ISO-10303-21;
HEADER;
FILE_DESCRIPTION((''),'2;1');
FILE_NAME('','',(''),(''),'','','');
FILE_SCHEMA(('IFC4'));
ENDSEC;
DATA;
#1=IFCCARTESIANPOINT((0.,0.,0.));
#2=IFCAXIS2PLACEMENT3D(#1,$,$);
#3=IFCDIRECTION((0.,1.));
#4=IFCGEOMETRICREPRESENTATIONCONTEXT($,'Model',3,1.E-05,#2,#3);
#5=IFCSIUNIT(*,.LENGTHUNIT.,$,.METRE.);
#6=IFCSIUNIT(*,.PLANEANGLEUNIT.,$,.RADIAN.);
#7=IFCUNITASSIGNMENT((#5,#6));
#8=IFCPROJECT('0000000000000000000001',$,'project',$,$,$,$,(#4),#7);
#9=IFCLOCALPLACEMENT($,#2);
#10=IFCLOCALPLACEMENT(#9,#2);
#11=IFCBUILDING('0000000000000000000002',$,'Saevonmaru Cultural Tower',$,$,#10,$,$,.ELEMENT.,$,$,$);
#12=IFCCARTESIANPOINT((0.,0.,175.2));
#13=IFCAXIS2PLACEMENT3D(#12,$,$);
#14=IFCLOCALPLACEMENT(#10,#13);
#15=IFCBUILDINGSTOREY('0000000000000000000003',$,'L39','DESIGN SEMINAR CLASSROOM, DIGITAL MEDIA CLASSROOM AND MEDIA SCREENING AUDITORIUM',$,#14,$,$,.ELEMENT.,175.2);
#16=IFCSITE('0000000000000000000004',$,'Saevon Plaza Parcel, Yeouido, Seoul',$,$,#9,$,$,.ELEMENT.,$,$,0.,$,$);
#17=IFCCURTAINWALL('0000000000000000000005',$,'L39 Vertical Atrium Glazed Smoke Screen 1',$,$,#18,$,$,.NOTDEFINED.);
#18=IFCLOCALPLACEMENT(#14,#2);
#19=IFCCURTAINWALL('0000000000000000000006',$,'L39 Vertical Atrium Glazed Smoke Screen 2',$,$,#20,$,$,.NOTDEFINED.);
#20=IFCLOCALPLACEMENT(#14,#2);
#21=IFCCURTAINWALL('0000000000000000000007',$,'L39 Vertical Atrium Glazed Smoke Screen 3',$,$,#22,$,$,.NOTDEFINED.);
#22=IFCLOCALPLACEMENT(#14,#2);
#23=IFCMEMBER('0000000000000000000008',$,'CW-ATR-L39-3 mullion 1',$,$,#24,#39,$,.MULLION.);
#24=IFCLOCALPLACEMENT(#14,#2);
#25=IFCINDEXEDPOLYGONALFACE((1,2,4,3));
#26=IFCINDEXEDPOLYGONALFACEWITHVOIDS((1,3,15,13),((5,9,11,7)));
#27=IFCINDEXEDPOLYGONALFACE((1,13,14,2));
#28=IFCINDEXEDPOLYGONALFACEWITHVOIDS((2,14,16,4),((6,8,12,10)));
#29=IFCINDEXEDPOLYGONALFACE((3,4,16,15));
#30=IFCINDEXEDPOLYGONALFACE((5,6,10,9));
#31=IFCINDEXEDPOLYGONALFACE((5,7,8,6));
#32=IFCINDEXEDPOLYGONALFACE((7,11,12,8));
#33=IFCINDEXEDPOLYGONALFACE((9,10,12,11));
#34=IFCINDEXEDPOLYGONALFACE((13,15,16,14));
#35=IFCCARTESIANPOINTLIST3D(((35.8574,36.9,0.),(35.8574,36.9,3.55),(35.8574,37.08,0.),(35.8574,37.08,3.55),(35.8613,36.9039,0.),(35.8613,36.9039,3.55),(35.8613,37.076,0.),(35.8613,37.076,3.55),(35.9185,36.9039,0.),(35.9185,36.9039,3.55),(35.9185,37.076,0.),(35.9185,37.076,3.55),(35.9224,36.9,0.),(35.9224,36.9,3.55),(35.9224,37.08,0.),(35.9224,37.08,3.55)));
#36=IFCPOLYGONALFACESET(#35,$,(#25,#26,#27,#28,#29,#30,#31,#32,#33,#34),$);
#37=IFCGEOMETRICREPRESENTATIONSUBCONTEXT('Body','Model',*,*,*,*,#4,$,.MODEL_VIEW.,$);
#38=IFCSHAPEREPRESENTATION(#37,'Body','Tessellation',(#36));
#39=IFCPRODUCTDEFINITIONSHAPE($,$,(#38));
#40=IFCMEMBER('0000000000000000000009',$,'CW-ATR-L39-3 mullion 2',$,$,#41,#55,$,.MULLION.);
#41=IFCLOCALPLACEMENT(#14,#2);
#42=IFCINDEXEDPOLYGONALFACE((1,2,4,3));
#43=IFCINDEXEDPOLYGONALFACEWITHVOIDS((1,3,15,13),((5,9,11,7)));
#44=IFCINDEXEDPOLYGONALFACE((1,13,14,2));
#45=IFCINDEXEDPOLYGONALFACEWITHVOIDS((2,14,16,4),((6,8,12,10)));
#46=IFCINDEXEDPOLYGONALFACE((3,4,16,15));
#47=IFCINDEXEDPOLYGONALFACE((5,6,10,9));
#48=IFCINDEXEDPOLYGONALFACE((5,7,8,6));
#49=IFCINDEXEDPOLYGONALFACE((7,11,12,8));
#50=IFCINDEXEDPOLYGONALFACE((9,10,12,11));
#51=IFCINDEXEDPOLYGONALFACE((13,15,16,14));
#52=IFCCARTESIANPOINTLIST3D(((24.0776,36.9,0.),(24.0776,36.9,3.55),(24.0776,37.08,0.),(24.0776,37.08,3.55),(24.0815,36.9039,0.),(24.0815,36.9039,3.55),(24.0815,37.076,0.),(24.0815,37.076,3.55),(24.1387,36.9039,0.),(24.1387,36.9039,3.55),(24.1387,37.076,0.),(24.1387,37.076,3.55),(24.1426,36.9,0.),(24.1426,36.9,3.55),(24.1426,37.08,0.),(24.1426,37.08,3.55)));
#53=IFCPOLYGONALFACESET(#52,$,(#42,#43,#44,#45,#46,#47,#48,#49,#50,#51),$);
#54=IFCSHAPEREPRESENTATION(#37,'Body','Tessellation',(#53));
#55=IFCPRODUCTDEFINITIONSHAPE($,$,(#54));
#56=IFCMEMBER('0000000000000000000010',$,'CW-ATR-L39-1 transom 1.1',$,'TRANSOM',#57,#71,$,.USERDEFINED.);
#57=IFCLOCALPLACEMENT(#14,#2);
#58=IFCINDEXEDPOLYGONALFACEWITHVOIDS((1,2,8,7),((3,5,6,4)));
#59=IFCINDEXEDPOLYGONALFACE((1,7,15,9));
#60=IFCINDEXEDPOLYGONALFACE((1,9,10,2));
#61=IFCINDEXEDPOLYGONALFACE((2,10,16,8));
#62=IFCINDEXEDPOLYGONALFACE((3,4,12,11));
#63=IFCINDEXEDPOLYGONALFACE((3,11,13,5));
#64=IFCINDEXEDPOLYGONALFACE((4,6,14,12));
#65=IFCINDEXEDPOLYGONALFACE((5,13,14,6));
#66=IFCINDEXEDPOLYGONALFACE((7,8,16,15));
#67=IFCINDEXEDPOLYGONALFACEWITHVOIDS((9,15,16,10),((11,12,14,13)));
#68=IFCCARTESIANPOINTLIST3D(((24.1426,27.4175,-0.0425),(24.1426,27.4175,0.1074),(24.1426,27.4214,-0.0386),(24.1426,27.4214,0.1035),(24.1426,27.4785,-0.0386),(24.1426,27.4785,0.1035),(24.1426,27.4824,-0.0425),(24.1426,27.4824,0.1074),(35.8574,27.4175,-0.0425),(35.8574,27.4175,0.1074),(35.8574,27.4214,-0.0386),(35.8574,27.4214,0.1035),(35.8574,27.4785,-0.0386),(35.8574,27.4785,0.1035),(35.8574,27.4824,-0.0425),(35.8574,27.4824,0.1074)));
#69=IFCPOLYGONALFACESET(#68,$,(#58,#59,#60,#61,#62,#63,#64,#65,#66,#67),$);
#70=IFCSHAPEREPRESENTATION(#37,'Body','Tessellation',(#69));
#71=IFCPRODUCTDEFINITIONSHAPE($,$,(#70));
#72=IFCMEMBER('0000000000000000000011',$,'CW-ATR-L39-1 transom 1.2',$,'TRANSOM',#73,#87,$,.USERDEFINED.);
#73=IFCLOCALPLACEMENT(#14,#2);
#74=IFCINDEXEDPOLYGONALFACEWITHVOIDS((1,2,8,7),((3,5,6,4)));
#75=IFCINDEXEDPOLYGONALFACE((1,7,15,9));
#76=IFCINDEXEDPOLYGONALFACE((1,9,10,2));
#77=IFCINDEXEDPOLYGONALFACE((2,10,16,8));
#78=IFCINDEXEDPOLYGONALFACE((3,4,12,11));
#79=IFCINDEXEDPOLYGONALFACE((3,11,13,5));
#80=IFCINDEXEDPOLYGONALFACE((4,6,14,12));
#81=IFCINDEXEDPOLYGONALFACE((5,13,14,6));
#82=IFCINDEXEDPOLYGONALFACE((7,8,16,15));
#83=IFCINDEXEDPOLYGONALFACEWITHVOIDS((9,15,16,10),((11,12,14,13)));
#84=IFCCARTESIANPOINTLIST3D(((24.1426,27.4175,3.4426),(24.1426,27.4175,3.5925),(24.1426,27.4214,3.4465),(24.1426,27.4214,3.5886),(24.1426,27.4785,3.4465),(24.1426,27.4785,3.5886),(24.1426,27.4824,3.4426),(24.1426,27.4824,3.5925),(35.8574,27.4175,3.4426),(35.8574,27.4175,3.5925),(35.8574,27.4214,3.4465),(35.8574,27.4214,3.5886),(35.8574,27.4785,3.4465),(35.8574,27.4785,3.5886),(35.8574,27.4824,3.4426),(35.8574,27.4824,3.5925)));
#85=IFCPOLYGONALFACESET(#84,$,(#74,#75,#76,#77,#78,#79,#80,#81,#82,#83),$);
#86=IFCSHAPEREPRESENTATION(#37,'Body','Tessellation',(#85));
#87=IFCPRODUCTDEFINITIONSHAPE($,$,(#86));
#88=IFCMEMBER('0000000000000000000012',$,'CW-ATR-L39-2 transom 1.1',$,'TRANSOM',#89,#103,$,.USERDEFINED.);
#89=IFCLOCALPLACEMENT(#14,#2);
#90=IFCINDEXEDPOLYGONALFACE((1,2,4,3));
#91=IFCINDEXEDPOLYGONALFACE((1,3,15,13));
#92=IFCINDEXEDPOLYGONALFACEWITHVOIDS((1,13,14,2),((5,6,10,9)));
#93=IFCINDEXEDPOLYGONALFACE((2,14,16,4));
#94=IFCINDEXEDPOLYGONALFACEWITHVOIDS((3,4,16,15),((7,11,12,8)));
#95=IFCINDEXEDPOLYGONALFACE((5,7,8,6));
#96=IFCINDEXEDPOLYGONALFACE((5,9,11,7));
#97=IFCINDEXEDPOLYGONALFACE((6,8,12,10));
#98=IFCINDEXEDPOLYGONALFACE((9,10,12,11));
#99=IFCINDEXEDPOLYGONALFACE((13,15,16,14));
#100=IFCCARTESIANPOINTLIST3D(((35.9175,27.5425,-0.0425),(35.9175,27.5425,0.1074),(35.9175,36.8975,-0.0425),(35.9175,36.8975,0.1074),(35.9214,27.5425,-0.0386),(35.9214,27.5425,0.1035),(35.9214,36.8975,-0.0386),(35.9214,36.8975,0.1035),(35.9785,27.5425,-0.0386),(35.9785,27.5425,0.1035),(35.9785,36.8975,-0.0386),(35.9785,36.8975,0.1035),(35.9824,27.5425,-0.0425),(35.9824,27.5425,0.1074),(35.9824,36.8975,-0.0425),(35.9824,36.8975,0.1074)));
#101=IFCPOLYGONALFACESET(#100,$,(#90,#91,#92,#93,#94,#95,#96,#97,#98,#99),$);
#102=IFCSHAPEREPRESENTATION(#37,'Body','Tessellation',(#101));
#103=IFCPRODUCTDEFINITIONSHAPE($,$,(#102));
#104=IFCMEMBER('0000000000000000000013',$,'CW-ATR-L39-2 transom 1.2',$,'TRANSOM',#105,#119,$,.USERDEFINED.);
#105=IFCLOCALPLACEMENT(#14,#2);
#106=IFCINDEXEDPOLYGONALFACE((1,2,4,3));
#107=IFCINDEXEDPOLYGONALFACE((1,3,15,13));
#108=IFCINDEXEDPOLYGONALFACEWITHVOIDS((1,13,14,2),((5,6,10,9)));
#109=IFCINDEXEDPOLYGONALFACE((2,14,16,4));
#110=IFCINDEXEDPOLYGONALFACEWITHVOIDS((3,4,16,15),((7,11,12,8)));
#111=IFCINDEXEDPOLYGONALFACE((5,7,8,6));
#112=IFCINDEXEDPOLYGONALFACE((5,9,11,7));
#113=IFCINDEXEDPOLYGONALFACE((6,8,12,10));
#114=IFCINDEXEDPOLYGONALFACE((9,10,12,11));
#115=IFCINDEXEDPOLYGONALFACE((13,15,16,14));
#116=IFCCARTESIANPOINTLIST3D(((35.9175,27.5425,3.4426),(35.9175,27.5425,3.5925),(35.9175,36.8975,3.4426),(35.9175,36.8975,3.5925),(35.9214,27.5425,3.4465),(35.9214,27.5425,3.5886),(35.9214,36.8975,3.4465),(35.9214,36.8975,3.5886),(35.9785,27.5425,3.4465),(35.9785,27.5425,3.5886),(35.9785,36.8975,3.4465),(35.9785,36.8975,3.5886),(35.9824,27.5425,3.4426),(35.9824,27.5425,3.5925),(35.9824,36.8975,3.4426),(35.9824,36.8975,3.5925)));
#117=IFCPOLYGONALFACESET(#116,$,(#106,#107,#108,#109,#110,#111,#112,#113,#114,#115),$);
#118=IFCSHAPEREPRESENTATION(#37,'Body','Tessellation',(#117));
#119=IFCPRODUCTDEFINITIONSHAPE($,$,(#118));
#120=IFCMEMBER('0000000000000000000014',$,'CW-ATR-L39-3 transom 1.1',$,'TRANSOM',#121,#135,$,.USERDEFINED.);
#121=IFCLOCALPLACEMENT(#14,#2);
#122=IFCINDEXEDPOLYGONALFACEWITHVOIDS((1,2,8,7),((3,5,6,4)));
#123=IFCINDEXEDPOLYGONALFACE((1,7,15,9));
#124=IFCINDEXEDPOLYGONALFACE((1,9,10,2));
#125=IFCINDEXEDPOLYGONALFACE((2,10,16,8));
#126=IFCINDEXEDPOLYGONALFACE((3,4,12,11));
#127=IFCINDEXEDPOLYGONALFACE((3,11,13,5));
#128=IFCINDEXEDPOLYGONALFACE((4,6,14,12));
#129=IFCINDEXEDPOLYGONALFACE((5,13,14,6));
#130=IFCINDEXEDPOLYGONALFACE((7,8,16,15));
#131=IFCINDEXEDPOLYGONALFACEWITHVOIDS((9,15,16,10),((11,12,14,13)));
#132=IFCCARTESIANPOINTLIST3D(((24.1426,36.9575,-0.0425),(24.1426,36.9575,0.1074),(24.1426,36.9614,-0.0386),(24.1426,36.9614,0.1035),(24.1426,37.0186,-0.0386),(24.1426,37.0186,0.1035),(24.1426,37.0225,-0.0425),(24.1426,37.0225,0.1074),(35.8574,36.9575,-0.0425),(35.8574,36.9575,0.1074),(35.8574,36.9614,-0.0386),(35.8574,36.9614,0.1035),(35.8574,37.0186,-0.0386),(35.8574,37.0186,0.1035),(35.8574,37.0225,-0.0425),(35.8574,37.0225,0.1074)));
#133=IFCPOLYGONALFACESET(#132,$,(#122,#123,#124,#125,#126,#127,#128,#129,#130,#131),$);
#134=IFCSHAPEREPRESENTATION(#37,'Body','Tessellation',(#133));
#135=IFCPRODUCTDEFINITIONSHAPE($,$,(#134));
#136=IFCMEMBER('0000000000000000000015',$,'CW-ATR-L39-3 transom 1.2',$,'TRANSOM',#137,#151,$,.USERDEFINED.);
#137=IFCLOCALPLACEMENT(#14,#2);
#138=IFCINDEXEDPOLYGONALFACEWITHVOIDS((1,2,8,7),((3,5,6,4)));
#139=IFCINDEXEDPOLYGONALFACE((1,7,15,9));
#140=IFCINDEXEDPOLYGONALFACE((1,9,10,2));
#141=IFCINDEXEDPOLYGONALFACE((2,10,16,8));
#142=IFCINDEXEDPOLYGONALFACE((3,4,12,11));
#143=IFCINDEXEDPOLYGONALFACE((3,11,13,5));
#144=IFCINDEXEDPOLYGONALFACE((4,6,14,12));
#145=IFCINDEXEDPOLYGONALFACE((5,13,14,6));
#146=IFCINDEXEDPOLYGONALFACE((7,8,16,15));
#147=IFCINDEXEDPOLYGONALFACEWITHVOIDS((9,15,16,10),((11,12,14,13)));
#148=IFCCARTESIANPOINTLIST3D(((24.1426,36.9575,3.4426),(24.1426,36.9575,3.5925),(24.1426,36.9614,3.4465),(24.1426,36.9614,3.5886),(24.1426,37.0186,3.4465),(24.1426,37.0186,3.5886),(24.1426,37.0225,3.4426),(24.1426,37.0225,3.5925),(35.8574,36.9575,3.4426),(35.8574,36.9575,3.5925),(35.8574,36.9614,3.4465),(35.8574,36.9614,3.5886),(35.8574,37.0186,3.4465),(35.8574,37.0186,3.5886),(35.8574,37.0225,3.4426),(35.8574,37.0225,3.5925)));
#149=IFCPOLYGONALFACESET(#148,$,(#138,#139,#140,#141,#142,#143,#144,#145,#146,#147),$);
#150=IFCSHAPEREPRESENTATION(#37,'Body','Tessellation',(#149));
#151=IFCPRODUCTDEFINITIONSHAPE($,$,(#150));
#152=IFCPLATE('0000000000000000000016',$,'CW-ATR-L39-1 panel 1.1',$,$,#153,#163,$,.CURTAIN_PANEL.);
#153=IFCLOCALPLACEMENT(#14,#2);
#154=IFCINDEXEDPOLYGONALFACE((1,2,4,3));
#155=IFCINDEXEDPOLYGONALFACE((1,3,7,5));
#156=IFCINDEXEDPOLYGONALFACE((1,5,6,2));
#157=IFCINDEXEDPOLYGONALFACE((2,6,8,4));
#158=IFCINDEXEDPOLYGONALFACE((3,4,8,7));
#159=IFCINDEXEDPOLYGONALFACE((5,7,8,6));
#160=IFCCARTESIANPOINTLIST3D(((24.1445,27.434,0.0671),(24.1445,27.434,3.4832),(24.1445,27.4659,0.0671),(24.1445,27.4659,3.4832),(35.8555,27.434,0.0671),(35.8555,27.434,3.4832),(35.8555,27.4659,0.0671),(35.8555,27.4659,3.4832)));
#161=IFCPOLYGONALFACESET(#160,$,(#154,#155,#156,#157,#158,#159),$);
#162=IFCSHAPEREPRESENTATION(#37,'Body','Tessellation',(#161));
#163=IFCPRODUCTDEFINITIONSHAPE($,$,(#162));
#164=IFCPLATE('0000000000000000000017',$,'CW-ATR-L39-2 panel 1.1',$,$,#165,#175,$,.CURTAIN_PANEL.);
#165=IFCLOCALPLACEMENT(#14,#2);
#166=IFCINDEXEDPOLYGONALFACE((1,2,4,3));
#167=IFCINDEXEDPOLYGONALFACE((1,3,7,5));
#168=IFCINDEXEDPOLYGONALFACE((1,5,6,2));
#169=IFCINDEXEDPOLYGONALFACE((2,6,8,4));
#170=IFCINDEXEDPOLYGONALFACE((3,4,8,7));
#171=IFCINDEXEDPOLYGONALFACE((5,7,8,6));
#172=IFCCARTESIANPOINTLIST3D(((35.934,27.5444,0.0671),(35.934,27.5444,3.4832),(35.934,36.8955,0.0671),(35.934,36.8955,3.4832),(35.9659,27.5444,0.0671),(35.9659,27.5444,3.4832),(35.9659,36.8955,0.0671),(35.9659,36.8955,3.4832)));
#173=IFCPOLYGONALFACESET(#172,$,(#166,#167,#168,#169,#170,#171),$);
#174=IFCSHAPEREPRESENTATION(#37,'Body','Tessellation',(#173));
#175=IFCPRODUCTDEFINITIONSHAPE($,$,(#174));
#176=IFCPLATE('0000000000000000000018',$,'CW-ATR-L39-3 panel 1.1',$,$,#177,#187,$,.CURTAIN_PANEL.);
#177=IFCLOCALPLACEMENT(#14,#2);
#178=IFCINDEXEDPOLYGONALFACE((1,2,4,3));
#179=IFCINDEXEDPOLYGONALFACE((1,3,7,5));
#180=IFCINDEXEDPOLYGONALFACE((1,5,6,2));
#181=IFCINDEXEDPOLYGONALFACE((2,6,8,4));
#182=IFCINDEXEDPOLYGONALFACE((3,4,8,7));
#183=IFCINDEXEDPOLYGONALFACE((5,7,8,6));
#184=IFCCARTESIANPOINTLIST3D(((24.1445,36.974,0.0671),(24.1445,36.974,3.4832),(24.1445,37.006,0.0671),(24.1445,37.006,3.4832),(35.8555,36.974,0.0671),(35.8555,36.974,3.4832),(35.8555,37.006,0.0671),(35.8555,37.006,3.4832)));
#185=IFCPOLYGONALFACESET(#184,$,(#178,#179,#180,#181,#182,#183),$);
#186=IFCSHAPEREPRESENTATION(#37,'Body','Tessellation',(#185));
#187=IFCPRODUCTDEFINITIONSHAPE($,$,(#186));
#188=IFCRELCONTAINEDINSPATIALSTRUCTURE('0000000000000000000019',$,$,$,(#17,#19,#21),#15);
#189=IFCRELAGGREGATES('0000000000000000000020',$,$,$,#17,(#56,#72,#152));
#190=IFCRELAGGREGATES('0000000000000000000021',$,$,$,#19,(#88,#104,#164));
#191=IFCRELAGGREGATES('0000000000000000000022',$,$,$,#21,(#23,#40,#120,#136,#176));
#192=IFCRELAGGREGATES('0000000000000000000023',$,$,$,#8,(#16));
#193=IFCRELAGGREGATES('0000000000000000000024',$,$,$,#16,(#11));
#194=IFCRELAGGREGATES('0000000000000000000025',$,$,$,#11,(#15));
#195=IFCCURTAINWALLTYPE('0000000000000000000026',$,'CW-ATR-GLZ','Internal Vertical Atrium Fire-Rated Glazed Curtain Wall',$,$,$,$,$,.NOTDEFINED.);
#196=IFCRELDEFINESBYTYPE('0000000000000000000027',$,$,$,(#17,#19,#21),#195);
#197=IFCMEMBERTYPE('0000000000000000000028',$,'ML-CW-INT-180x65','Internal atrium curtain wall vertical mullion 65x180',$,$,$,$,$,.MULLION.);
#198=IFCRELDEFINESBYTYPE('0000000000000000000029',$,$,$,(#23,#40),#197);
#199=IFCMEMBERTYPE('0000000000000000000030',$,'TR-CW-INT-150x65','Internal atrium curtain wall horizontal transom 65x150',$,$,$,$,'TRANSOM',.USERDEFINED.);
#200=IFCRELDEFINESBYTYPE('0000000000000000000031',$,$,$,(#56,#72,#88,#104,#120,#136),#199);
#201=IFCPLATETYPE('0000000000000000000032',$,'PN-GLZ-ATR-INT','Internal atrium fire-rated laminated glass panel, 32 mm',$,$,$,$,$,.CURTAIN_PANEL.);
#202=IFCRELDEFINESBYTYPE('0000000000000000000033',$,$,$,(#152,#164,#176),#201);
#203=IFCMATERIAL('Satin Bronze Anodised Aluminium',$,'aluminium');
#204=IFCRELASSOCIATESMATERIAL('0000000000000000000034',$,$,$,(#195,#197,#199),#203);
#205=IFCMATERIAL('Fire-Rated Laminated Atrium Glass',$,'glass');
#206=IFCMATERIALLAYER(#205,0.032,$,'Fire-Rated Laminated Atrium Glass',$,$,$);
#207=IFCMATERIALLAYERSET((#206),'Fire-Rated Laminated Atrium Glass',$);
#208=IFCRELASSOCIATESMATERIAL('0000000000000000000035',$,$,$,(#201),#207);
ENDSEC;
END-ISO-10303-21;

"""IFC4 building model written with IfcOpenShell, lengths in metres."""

from ifc_helpers import new_model, si_unit, direction, frame, origin, origin_2d, place, context, subcontext, project, spatial, rectangle, hollow_rectangle, extrude, material, layer, layer_set, material_profile, profile_set, type_object, element, aggregate, save


model = new_model("IFC4")

# Units and contexts
model_context = context("Model", 3, precision=1e-05, world=origin(), true_north=direction((0.0, 1.0)))
body_context = subcontext(model_context, "Body", "Model", "MODEL_VIEW")
ifc_project = project(units=[si_unit("LENGTHUNIT", "METRE"), si_unit("PLANEANGLEUNIT", "RADIAN")], contexts=[model_context])

# Site, building, storey
site_placement = place(None, origin())
site = spatial("IfcSite", under=ifc_project, at=site_placement, Name="Saevon Plaza Parcel, Yeouido, Seoul", CompositionType="ELEMENT", RefElevation=0.0)
building_placement = place(site_placement, origin())
building = spatial("IfcBuilding", under=site, at=building_placement, Name="Saevonmaru Cultural Tower", CompositionType="ELEMENT")
storey_placement = place(building_placement, frame((0.0, 0.0, 175.2)))
storey = spatial("IfcBuildingStorey", under=building, at=storey_placement, Name="L39", Description="DESIGN SEMINAR CLASSROOM, DIGITAL MEDIA CLASSROOM AND MEDIA SCREENING AUDITORIUM", CompositionType="ELEMENT", Elevation=175.2)

# Curtain wall
ifc_material_1 = material(Name="Satin Bronze Anodised Aluminium", Category="aluminium")
curtain_wall_type_1 = type_object("IfcCurtainWallType", Name="CW-ATR-GLZ", Description="Internal Vertical Atrium Fire-Rated Glazed Curtain Wall", PredefinedType="NOTDEFINED", material=ifc_material_1)
curtain_wall_1_placement = place(storey_placement, origin())
curtain_wall_1 = element("IfcCurtainWall", 1, at=curtain_wall_1_placement, inside=storey, type_object=curtain_wall_type_1, Name="L39 Vertical Atrium Glazed Smoke Screen 1", PredefinedType="NOTDEFINED")
ifc_material_profile_1 = material_profile(ifc_material_1, hollow_rectangle(XDim=0.0649, YDim=0.1799, WallThickness=0.0039, at=origin_2d()), Name="ALU-MULL-180x65x4")
ifc_profile_set_1 = profile_set([ifc_material_profile_1], Name="Satin Bronze Anodised Aluminium")
member_type_1 = type_object("IfcMemberType", Name="ML-CW-INT-180x65", Description="Internal atrium curtain wall vertical mullion 65x180", PredefinedType="MULLION", material=ifc_profile_set_1)

# Curtain walls, members
curtain_wall_2_placement = place(storey_placement, origin())
curtain_wall_2 = element("IfcCurtainWall", 2, at=curtain_wall_2_placement, inside=storey, type_object=curtain_wall_type_1, Name="L39 Vertical Atrium Glazed Smoke Screen 2", PredefinedType="NOTDEFINED")
curtain_wall_3_placement = place(storey_placement, origin())
curtain_wall_3 = element("IfcCurtainWall", 3, at=curtain_wall_3_placement, inside=storey, type_object=curtain_wall_type_1, Name="L39 Vertical Atrium Glazed Smoke Screen 3", PredefinedType="NOTDEFINED")
member_1_placement = place(storey_placement, frame((35.8899, 36.99, 0.0), z_axis=(0.0, 0.0, 1.0), x_axis=(-1.0, 0.0, 0.0)))
member_1 = element("IfcMember", 4, at=member_1_placement, type_object=member_type_1, Name="CW-ATR-L39-3 mullion 1", PredefinedType="MULLION", context=body_context, shape_type="SweptSolid", body=[
    extrude(hollow_rectangle(XDim=0.0649, YDim=0.1799, WallThickness=0.0039, at=origin_2d()), origin(), (0.0, 0.0, 1.0), 3.55),
])
member_2_placement = place(storey_placement, frame((24.1101, 36.99, 0.0), z_axis=(0.0, 0.0, 1.0), x_axis=(-1.0, 0.0, 0.0)))
member_2 = element("IfcMember", 5, at=member_2_placement, type_object=member_type_1, Name="CW-ATR-L39-3 mullion 2", PredefinedType="MULLION", context=body_context, shape_type="SweptSolid", body=[
    extrude(hollow_rectangle(XDim=0.0649, YDim=0.1799, WallThickness=0.0039, at=origin_2d()), origin(), (0.0, 0.0, 1.0), 3.55),
])

# Members
ifc_material_profile_2 = material_profile(ifc_material_1, hollow_rectangle(XDim=0.0649, YDim=0.1499, WallThickness=0.0039, at=origin_2d()), Name="ALU-TRAN-150x65x4")
ifc_profile_set_2 = profile_set([ifc_material_profile_2], Name="Satin Bronze Anodised Aluminium")
member_type_2 = type_object("IfcMemberType", Name="TR-CW-INT-150x65", Description="Internal atrium curtain wall horizontal transom 65x150", ElementType="TRANSOM", PredefinedType="USERDEFINED", material=ifc_profile_set_2)
member_3_placement = place(storey_placement, frame((24.1426, 27.45, 0.0325), z_axis=(1.0, 0.0, 0.0), x_axis=(0.0, 1.0, 0.0)))
member_3 = element("IfcMember", 6, at=member_3_placement, type_object=member_type_2, Name="CW-ATR-L39-1 transom 1.1", ObjectType="TRANSOM", PredefinedType="USERDEFINED", context=body_context, shape_type="SweptSolid", body=[
    extrude(hollow_rectangle(XDim=0.0649, YDim=0.1499, WallThickness=0.0039, at=origin_2d()), origin(), (0.0, 0.0, 1.0), 11.7148),
])
member_4_placement = place(storey_placement, frame((24.1426, 27.45, 3.5176), z_axis=(1.0, 0.0, 0.0), x_axis=(0.0, 1.0, 0.0)))
member_4 = element("IfcMember", 7, at=member_4_placement, type_object=member_type_2, Name="CW-ATR-L39-1 transom 1.2", ObjectType="TRANSOM", PredefinedType="USERDEFINED", context=body_context, shape_type="SweptSolid", body=[
    extrude(hollow_rectangle(XDim=0.0649, YDim=0.1499, WallThickness=0.0039, at=origin_2d()), origin(), (0.0, 0.0, 1.0), 11.7148),
])
member_5_placement = place(storey_placement, frame((35.95, 27.5425, 0.0325), z_axis=(0.0, 1.0, 0.0), x_axis=(-1.0, 0.0, 0.0)))
member_5 = element("IfcMember", 8, at=member_5_placement, type_object=member_type_2, Name="CW-ATR-L39-2 transom 1.1", ObjectType="TRANSOM", PredefinedType="USERDEFINED", context=body_context, shape_type="SweptSolid", body=[
    extrude(hollow_rectangle(XDim=0.0649, YDim=0.1499, WallThickness=0.0039, at=origin_2d()), origin(), (0.0, 0.0, 1.0), 9.355),
])
member_6_placement = place(storey_placement, frame((35.95, 27.5425, 3.5176), z_axis=(0.0, 1.0, 0.0), x_axis=(-1.0, 0.0, 0.0)))
member_6 = element("IfcMember", 9, at=member_6_placement, type_object=member_type_2, Name="CW-ATR-L39-2 transom 1.2", ObjectType="TRANSOM", PredefinedType="USERDEFINED", context=body_context, shape_type="SweptSolid", body=[
    extrude(hollow_rectangle(XDim=0.0649, YDim=0.1499, WallThickness=0.0039, at=origin_2d()), origin(), (0.0, 0.0, 1.0), 9.355),
])
member_7_placement = place(storey_placement, frame((35.8574, 36.99, 0.0325), z_axis=(-1.0, 0.0, 0.0), x_axis=(0.0, -1.0, 0.0)))
member_7 = element("IfcMember", 10, at=member_7_placement, type_object=member_type_2, Name="CW-ATR-L39-3 transom 1.1", ObjectType="TRANSOM", PredefinedType="USERDEFINED", context=body_context, shape_type="SweptSolid", body=[
    extrude(hollow_rectangle(XDim=0.0649, YDim=0.1499, WallThickness=0.0039, at=origin_2d()), origin(), (0.0, 0.0, 1.0), 11.7148),
])
member_8_placement = place(storey_placement, frame((35.8574, 36.99, 3.5176), z_axis=(-1.0, 0.0, 0.0), x_axis=(0.0, -1.0, 0.0)))
member_8 = element("IfcMember", 11, at=member_8_placement, type_object=member_type_2, Name="CW-ATR-L39-3 transom 1.2", ObjectType="TRANSOM", PredefinedType="USERDEFINED", context=body_context, shape_type="SweptSolid", body=[
    extrude(hollow_rectangle(XDim=0.0649, YDim=0.1499, WallThickness=0.0039, at=origin_2d()), origin(), (0.0, 0.0, 1.0), 11.7148),
])

# Plates
ifc_material_2 = material(Name="Fire-Rated Laminated Atrium Glass", Category="glass")
ifc_layer_1 = layer(ifc_material_2, 0.032, Name="Fire-Rated Laminated Atrium Glass")
ifc_layer_set_1 = layer_set([ifc_layer_1], Name="Fire-Rated Laminated Atrium Glass")
plate_type = type_object("IfcPlateType", Name="PN-GLZ-ATR-INT", Description="Internal atrium fire-rated laminated glass panel, 32 mm", PredefinedType="CURTAIN_PANEL", material=ifc_layer_set_1)
plate_1_placement = place(storey_placement, frame((30.0, 27.45, 0.0671), z_axis=(0.0, 0.0, 1.0), x_axis=(1.0, 0.0, 0.0)))
plate_1 = element("IfcPlate", 12, at=plate_1_placement, type_object=plate_type, Name="CW-ATR-L39-1 panel 1.1", PredefinedType="CURTAIN_PANEL", context=body_context, shape_type="SweptSolid", body=[
    extrude(rectangle(XDim=11.7109, YDim=0.032, at=origin_2d()), origin(), (0.0, 0.0, 1.0), 3.416),
])
aggregate(curtain_wall_1, [member_3, member_4, plate_1])
plate_2_placement = place(storey_placement, frame((35.95, 32.22, 0.0671), z_axis=(0.0, 0.0, 1.0), x_axis=(0.0, 1.0, 0.0)))
plate_2 = element("IfcPlate", 13, at=plate_2_placement, type_object=plate_type, Name="CW-ATR-L39-2 panel 1.1", PredefinedType="CURTAIN_PANEL", context=body_context, shape_type="SweptSolid", body=[
    extrude(rectangle(XDim=9.3511, YDim=0.032, at=origin_2d()), origin(), (0.0, 0.0, 1.0), 3.416),
])
aggregate(curtain_wall_2, [member_5, member_6, plate_2])
plate_3_placement = place(storey_placement, frame((30.0, 36.99, 0.0671), z_axis=(0.0, 0.0, 1.0), x_axis=(-1.0, 0.0, 0.0)))
plate_3 = element("IfcPlate", 14, at=plate_3_placement, type_object=plate_type, Name="CW-ATR-L39-3 panel 1.1", PredefinedType="CURTAIN_PANEL", context=body_context, shape_type="SweptSolid", body=[
    extrude(rectangle(XDim=11.7109, YDim=0.032, at=origin_2d()), origin(), (0.0, 0.0, 1.0), 3.416),
])
aggregate(curtain_wall_3, [member_1, member_2, member_7, member_8, plate_3])

save(model, "model.ifc")
